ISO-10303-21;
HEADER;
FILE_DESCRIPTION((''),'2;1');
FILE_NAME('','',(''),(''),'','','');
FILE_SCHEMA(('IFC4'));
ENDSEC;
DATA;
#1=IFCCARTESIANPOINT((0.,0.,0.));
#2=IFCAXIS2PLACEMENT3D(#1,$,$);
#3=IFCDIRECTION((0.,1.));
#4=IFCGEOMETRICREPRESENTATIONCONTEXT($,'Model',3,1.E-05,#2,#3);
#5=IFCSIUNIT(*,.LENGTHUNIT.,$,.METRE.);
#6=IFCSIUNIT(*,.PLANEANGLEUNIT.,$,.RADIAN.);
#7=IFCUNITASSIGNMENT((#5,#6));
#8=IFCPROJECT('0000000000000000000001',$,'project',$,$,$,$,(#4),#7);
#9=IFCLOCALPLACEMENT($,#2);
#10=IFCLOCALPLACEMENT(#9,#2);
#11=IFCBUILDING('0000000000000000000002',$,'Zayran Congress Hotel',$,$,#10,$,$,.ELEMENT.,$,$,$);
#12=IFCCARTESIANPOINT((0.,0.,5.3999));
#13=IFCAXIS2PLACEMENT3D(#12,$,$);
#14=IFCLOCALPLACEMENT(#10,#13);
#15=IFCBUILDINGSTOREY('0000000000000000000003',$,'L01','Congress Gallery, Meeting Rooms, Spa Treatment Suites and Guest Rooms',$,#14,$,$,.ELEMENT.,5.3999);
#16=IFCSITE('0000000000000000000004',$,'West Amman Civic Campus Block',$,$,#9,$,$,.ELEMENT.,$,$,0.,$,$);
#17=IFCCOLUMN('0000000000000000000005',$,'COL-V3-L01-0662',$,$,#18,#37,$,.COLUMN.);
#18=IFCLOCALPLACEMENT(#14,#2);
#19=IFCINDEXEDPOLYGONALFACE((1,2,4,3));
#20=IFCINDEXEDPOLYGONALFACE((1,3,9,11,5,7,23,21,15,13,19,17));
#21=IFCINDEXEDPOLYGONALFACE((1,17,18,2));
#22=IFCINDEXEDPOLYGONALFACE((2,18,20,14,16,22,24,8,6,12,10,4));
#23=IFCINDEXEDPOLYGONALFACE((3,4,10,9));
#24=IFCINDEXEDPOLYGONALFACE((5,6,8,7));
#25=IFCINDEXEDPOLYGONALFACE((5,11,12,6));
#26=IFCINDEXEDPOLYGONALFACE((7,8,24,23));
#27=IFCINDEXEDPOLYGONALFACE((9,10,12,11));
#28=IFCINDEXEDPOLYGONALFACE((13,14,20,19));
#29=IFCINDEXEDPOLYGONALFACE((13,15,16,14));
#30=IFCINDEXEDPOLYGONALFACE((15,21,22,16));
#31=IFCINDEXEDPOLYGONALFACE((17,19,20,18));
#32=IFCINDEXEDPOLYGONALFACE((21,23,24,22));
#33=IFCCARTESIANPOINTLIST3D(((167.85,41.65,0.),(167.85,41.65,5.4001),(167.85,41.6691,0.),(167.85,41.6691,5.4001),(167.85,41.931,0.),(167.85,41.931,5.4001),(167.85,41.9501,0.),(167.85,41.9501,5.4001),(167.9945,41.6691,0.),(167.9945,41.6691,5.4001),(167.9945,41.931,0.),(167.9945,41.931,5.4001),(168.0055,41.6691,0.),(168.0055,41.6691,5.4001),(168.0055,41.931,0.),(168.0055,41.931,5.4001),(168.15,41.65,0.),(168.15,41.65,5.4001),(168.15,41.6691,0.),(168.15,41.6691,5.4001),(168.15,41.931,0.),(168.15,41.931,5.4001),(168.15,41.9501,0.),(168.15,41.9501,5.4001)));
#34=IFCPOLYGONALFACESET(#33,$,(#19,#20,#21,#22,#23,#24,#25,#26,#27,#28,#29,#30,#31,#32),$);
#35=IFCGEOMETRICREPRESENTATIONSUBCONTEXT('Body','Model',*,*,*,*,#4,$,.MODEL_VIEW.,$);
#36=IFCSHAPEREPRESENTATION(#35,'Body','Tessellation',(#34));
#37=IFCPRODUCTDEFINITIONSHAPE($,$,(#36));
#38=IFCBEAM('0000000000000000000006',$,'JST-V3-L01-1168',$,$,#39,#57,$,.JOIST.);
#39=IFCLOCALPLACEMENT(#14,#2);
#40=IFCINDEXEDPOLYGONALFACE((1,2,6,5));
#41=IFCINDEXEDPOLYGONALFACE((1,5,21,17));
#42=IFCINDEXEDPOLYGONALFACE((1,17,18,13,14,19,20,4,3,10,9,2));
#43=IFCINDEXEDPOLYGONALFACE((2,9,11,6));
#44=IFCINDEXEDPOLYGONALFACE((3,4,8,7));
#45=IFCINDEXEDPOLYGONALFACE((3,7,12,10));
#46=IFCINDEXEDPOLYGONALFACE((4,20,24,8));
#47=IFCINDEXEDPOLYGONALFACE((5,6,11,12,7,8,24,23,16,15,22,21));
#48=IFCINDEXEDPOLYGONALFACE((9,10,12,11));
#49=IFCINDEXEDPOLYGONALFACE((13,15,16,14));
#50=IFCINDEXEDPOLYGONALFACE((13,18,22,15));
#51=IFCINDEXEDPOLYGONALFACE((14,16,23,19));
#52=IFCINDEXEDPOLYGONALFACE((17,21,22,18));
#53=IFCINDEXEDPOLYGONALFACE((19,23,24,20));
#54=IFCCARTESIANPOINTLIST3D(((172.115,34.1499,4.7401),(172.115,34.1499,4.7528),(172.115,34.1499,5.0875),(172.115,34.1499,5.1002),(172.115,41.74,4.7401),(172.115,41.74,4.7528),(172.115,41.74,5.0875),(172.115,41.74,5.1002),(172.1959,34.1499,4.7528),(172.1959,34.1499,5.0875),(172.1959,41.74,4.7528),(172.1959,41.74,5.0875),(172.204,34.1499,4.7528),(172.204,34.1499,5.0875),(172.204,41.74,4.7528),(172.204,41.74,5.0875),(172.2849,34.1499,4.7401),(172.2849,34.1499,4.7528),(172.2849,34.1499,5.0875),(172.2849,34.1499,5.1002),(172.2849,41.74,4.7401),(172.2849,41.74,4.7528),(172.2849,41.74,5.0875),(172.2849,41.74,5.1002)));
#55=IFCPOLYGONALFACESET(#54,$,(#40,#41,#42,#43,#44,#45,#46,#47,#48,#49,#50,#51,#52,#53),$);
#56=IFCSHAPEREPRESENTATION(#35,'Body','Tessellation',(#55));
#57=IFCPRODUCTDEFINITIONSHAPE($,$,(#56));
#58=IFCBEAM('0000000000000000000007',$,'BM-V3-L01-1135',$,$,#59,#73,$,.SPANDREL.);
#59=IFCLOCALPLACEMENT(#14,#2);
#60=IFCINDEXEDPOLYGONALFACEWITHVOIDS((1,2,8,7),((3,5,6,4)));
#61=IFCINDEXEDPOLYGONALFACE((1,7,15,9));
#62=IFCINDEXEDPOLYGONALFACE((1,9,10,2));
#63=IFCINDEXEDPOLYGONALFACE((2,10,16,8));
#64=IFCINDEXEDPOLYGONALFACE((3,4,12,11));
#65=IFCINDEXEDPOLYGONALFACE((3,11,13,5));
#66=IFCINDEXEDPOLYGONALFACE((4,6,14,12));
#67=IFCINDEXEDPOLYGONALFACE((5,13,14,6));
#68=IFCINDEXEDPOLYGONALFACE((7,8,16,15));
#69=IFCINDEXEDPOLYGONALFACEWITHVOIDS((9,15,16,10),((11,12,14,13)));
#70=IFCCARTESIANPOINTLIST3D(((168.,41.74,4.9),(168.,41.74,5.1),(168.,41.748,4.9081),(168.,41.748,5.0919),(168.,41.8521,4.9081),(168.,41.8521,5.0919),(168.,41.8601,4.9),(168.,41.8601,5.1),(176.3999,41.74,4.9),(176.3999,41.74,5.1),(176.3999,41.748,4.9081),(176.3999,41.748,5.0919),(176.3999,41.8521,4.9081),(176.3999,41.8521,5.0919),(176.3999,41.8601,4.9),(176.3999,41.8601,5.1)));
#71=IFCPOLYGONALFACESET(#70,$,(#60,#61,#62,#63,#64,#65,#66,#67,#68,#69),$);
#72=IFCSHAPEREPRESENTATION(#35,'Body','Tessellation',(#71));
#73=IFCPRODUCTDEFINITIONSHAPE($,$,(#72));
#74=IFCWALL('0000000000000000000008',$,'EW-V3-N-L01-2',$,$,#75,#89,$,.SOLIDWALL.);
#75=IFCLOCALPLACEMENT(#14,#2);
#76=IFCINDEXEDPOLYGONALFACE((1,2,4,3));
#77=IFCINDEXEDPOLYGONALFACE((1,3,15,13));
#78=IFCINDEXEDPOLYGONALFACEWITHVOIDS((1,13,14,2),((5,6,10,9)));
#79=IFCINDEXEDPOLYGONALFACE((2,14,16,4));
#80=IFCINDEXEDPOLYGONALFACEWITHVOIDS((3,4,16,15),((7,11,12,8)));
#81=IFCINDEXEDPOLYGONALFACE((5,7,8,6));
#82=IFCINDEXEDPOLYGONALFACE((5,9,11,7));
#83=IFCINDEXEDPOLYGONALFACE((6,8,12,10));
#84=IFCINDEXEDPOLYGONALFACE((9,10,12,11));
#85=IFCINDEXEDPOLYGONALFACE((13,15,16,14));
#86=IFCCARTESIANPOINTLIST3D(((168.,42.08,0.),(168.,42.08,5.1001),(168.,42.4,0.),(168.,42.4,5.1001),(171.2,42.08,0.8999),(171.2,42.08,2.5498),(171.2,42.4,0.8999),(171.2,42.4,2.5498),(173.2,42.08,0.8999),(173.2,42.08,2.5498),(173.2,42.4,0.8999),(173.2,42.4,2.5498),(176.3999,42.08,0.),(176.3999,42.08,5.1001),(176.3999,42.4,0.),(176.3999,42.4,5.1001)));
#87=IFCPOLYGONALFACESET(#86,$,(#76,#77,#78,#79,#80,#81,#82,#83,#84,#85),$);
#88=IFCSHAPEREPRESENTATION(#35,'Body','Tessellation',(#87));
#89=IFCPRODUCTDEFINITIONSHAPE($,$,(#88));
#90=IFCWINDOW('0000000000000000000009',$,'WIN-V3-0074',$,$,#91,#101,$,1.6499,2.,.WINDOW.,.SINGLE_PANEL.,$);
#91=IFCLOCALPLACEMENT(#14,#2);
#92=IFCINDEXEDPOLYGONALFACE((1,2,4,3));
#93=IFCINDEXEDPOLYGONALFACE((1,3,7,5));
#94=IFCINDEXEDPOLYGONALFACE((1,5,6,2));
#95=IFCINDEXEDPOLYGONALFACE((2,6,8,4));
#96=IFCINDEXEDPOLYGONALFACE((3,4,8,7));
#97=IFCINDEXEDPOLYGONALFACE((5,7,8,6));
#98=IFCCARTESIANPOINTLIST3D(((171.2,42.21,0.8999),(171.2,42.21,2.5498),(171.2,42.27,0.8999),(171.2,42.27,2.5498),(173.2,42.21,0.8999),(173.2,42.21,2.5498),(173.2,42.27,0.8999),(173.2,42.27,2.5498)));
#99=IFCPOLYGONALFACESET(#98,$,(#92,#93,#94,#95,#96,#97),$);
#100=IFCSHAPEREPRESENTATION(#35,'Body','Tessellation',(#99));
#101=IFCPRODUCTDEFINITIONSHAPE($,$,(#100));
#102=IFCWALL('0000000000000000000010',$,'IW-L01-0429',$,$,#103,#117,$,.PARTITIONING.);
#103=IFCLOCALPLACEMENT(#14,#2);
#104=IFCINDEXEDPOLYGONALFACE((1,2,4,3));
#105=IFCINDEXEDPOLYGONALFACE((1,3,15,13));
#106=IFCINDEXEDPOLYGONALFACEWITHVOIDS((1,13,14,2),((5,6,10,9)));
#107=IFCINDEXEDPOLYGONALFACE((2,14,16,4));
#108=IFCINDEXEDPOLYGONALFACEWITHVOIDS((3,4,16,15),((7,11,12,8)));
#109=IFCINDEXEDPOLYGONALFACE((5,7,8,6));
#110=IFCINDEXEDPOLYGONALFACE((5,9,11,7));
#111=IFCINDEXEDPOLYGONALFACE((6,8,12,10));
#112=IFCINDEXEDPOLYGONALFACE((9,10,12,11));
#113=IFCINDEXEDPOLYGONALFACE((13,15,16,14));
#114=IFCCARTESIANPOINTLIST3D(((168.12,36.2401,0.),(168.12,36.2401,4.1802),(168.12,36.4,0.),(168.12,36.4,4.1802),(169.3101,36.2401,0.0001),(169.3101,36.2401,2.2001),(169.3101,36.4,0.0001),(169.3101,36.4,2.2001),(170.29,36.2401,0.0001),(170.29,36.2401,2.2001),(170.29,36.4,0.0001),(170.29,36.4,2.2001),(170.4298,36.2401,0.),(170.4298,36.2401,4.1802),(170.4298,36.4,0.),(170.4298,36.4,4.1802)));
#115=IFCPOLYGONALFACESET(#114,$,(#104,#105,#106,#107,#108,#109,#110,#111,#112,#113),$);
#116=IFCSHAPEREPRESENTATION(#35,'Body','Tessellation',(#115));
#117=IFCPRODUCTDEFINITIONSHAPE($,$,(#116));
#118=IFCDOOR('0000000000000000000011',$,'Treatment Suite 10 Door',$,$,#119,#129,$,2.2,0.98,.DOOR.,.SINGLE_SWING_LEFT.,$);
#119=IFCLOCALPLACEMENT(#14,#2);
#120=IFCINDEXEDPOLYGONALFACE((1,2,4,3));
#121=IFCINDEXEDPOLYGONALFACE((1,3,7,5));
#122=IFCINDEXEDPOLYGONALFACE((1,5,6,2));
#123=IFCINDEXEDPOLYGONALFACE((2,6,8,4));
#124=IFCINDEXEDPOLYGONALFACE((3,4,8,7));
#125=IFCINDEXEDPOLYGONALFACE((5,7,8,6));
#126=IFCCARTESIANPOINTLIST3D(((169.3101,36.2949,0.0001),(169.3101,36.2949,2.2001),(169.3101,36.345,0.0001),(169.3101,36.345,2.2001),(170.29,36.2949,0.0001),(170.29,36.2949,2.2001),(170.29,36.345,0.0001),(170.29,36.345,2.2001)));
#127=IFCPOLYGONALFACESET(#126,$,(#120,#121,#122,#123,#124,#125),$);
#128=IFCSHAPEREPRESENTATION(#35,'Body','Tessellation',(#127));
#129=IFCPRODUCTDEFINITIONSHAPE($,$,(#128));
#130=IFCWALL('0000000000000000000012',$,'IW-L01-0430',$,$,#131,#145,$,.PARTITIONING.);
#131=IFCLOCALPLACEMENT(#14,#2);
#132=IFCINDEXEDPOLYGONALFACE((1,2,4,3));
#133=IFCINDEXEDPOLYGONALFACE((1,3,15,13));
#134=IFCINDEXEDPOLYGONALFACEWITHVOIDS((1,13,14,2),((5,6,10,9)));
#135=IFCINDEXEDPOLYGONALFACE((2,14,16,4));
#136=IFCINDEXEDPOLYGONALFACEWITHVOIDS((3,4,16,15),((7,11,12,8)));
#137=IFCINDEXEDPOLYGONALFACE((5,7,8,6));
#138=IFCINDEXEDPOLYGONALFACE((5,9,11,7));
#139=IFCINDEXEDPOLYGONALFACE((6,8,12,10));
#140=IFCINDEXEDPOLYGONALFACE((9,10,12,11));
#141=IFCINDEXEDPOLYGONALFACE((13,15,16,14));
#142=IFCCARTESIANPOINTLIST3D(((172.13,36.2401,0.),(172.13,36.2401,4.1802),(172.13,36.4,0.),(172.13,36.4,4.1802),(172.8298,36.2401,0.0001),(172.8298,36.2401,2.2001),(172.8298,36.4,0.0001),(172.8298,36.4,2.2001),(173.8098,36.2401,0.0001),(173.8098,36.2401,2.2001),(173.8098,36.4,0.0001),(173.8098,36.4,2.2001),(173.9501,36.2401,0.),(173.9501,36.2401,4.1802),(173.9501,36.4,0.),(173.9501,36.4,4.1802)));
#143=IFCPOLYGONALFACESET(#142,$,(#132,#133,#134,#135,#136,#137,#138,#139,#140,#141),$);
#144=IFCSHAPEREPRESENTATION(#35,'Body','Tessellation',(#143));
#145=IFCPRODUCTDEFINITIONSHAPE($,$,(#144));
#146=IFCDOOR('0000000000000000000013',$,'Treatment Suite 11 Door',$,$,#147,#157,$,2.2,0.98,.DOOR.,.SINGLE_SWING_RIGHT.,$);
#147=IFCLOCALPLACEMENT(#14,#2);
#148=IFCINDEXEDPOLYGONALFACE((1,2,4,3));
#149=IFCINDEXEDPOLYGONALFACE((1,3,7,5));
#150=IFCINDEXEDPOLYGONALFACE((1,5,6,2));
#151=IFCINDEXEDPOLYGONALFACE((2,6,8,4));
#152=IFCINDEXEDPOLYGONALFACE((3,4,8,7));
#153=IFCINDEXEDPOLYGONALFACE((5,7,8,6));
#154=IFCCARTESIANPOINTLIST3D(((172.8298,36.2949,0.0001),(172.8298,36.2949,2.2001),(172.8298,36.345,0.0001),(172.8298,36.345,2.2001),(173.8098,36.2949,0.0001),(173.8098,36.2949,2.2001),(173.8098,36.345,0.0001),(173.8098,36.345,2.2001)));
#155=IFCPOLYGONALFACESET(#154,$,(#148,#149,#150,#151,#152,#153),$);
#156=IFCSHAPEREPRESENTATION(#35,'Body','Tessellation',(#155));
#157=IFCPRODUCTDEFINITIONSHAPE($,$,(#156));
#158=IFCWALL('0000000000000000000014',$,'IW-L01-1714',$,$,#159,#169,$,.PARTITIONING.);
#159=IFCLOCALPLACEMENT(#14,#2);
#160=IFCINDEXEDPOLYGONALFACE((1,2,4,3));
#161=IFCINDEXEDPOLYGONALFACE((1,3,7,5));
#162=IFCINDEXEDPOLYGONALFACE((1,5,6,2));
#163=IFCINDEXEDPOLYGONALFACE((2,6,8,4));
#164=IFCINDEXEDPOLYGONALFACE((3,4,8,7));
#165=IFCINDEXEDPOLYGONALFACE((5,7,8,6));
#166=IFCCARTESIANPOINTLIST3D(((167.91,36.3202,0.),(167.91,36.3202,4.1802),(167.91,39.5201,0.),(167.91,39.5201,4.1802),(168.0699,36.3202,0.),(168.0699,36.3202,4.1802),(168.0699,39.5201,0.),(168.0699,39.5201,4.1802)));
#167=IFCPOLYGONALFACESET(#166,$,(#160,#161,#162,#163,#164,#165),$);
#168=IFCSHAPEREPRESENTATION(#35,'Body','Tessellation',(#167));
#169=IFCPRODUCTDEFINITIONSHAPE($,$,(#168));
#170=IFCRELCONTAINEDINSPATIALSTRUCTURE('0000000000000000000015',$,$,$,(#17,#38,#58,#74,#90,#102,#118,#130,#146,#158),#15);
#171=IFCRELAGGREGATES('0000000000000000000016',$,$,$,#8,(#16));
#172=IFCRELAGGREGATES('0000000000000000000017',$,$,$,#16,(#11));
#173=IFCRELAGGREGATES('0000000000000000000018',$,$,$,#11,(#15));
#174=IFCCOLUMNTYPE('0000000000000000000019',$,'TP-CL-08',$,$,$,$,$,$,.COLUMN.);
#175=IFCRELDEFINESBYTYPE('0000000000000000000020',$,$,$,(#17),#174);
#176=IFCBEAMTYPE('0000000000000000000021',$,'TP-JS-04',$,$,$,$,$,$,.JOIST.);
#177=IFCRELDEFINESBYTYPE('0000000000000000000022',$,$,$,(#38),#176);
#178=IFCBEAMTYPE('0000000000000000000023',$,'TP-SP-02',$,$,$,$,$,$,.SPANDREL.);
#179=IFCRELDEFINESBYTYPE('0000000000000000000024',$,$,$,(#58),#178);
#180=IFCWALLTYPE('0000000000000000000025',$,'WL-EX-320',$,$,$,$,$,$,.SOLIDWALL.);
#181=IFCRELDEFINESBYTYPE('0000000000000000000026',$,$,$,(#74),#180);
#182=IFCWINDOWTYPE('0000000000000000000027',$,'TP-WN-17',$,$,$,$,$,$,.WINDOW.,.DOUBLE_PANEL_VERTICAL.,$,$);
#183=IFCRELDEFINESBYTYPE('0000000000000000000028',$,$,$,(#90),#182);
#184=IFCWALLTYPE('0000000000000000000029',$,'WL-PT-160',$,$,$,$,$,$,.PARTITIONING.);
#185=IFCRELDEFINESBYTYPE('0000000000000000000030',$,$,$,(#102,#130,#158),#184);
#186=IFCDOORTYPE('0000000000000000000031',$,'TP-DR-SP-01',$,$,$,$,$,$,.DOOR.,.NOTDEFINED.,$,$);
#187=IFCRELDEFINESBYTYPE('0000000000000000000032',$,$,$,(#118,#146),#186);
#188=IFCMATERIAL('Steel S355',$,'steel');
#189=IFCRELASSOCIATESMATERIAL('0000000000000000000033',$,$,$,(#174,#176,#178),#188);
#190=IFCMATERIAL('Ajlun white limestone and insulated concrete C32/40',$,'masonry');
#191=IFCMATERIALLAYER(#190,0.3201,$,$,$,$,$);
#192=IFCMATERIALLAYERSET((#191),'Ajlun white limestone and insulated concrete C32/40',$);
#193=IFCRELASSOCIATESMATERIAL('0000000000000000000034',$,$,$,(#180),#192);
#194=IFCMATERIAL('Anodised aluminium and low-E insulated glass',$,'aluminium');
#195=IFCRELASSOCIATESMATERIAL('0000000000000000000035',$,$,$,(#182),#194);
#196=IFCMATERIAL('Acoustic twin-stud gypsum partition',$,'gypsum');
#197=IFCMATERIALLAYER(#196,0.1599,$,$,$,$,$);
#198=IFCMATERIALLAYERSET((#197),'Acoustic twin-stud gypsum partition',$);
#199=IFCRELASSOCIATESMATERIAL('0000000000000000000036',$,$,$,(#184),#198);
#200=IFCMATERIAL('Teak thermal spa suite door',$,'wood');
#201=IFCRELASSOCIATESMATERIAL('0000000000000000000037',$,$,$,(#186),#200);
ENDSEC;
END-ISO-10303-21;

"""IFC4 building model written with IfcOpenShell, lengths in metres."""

from ifc_helpers import new_model, si_unit, direction, frame, frame_2d, origin, origin_2d, place, context, subcontext, project, spatial, rectangle, hollow_rectangle, i_section, extrude, material, layer, layer_set, material_profile, profile_set, type_object, element, fill, save


model = new_model("IFC4")

# Units and contexts
model_context = context("Model", 3, precision=1e-05, world=origin(), true_north=direction((0.0, 1.0)))
body_context = subcontext(model_context, "Body", "Model", "MODEL_VIEW")
ifc_project = project(units=[si_unit("LENGTHUNIT", "METRE"), si_unit("PLANEANGLEUNIT", "RADIAN")], contexts=[model_context])

# Site, building, storey
site_placement = place(None, origin())
site = spatial("IfcSite", under=ifc_project, at=site_placement, Name="West Amman Civic Campus Block", CompositionType="ELEMENT", RefElevation=0.0)
building_placement = place(site_placement, origin())
building = spatial("IfcBuilding", under=site, at=building_placement, Name="Zayran Congress Hotel", CompositionType="ELEMENT")
storey_placement = place(building_placement, frame((0.0, 0.0, 5.3999)))
storey = spatial("IfcBuildingStorey", under=building, at=storey_placement, Name="L01", Description="Congress Gallery, Meeting Rooms, Spa Treatment Suites and Guest Rooms", CompositionType="ELEMENT", Elevation=5.3999)

# Column
ifc_material_1 = material(Name="Steel S355", Category="steel")
ifc_material_profile_1 = material_profile(ifc_material_1, i_section(OverallWidth=0.3, OverallDepth=0.3, WebThickness=0.011, FlangeThickness=0.019, at=origin_2d()), Name="HEB 300")
ifc_profile_set_1 = profile_set([ifc_material_profile_1], Name="Steel S355")
column_type = type_object("IfcColumnType", Name="TP-CL-08", PredefinedType="COLUMN", material=ifc_profile_set_1)
column_placement = place(storey_placement, frame((168.0, 41.8, 0.0), z_axis=(0.0, 0.0, 1.0), x_axis=(1.0, 0.0, 0.0)))
element("IfcColumn", 1, at=column_placement, inside=storey, type_object=column_type, Name="COL-V3-L01-0662", PredefinedType="COLUMN", context=body_context, shape_type="SweptSolid", body=[
    extrude(i_section(OverallWidth=0.3, OverallDepth=0.3, WebThickness=0.011, FlangeThickness=0.019, at=origin_2d()), origin(), (0.0, 0.0, 1.0), 5.4001),
])

# Beams
ifc_material_profile_2 = material_profile(ifc_material_1, i_section(OverallWidth=0.1699, OverallDepth=0.3601, WebThickness=0.0081, FlangeThickness=0.0127, at=origin_2d()), Name="IPE 360")
ifc_profile_set_2 = profile_set([ifc_material_profile_2], Name="Steel S355")
beam_type_1 = type_object("IfcBeamType", Name="TP-JS-04", PredefinedType="JOIST", material=ifc_profile_set_2)
beam_1_placement = place(storey_placement, frame((172.2, 34.1499, 4.9202), z_axis=(0.0, 1.0, 0.0), x_axis=(-1.0, 0.0, 0.0)))
element("IfcBeam", 2, at=beam_1_placement, inside=storey, type_object=beam_type_1, Name="JST-V3-L01-1168", PredefinedType="JOIST", context=body_context, shape_type="SweptSolid", body=[
    extrude(i_section(OverallWidth=0.1699, OverallDepth=0.3601, WebThickness=0.0081, FlangeThickness=0.0127, at=origin_2d()), origin(), (0.0, 0.0, 1.0), 7.5901),
])
ifc_material_profile_3 = material_profile(ifc_material_1, hollow_rectangle(XDim=0.1201, YDim=0.2, WallThickness=0.0081, at=origin_2d()), Name="RHS 200x120x8")
ifc_profile_set_3 = profile_set([ifc_material_profile_3], Name="Steel S355")
beam_type_2 = type_object("IfcBeamType", Name="TP-SP-02", PredefinedType="SPANDREL", material=ifc_profile_set_3)
beam_2_placement = place(storey_placement, frame((168.0, 41.8, 5.0), z_axis=(1.0, 0.0, 0.0), x_axis=(0.0, 1.0, 0.0)))
element("IfcBeam", 3, at=beam_2_placement, inside=storey, type_object=beam_type_2, Name="BM-V3-L01-1135", PredefinedType="SPANDREL", context=body_context, shape_type="SweptSolid", body=[
    extrude(hollow_rectangle(XDim=0.1201, YDim=0.2, WallThickness=0.0081, at=origin_2d()), origin(), (0.0, 0.0, 1.0), 8.3999),
])

# Wall, opening, window
ifc_material_2 = material(Name="Ajlun white limestone and insulated concrete C32/40", Category="masonry")
ifc_layer_1 = layer(ifc_material_2, 0.3201)
ifc_layer_set_1 = layer_set([ifc_layer_1], Name="Ajlun white limestone and insulated concrete C32/40")
wall_type_1 = type_object("IfcWallType", Name="WL-EX-320", PredefinedType="SOLIDWALL", material=ifc_layer_set_1)
wall_1_placement = place(storey_placement, frame((168.0, 42.24, 0.0), z_axis=(0.0, 0.0, 1.0), x_axis=(1.0, 0.0, 0.0)))
wall_1 = element("IfcWall", 4, at=wall_1_placement, inside=storey, type_object=wall_type_1, Name="EW-V3-N-L01-2", PredefinedType="SOLIDWALL", context=body_context, shape_type="SweptSolid", body=[
    extrude(rectangle(XDim=8.3999, YDim=0.3201, at=frame_2d((4.2, 0.0))), origin(), (0.0, 0.0, 1.0), 5.1001),
])
opening_1_placement = place(wall_1_placement, frame((3.2, 0.0, 0.8999)))
opening_1 = element("IfcOpeningElement", 5, at=opening_1_placement, cuts=wall_1, PredefinedType="OPENING", context=body_context, shape_type="SweptSolid", body=[
    extrude(rectangle(XDim=2.0, YDim=1.6499, at=frame_2d((1.0, 0.825))), frame((0.0, 0.1699, 0.0), z_axis=(0.0, -1.0, 0.0), x_axis=(1.0, 0.0, 0.0)), (0.0, 0.0, 1.0), 0.3401),
])
ifc_material_3 = material(Name="Anodised aluminium and low-E insulated glass", Category="aluminium")
window_type = type_object("IfcWindowType", Name="TP-WN-17", PartitioningType="DOUBLE_PANEL_VERTICAL", PredefinedType="WINDOW", material=ifc_material_3)
window_placement = place(opening_1_placement, origin())
window = element("IfcWindow", 6, at=window_placement, inside=storey, type_object=window_type, Name="WIN-V3-0074", OverallHeight=1.6499, OverallWidth=2.0, PartitioningType="SINGLE_PANEL", PredefinedType="WINDOW", context=body_context, shape_type="SweptSolid", body=[
    extrude(rectangle(XDim=2.0, YDim=1.6499, at=frame_2d((1.0, 0.825))), frame((0.0, 0.03, 0.0), z_axis=(0.0, -1.0, 0.0), x_axis=(1.0, 0.0, 0.0)), (0.0, 0.0, 1.0), 0.0601),
])
fill(opening_1, window)

# Walls, openings, doors
ifc_material_4 = material(Name="Acoustic twin-stud gypsum partition", Category="gypsum")
ifc_layer_2 = layer(ifc_material_4, 0.1599)
ifc_layer_set_2 = layer_set([ifc_layer_2], Name="Acoustic twin-stud gypsum partition")
wall_type_2 = type_object("IfcWallType", Name="WL-PT-160", PredefinedType="PARTITIONING", material=ifc_layer_set_2)
wall_2_placement = place(storey_placement, frame((168.1201, 36.3201, 0.0), z_axis=(0.0, 0.0, 1.0), x_axis=(1.0, 0.0, 0.0)))
wall_2 = element("IfcWall", 7, at=wall_2_placement, inside=storey, type_object=wall_type_2, Name="IW-L01-0429", PredefinedType="PARTITIONING", context=body_context, shape_type="SweptSolid", body=[
    extrude(rectangle(XDim=2.3098, YDim=0.1599, at=frame_2d((1.1548, 0.0))), origin(), (0.0, 0.0, 1.0), 4.1802),
])
opening_2_placement = place(wall_2_placement, frame((1.1899, 0.0, 0.0)))
opening_2 = element("IfcOpeningElement", 8, at=opening_2_placement, cuts=wall_2, PredefinedType="OPENING", context=body_context, shape_type="SweptSolid", body=[
    extrude(rectangle(XDim=0.98, YDim=2.2, at=frame_2d((0.49, 1.1001))), frame((0.0, 0.0898, 0.0), z_axis=(0.0, -1.0, 0.0), x_axis=(1.0, 0.0, 0.0)), (0.0, 0.0, 1.0), 0.1799),
])
ifc_material_5 = material(Name="Teak thermal spa suite door", Category="wood")
door_type_1 = type_object("IfcDoorType", Name="TP-DR-SP-01", OperationType="NOTDEFINED", PredefinedType="DOOR", material=ifc_material_5)
door_1_placement = place(opening_2_placement, origin())
door_1 = element("IfcDoor", 9, at=door_1_placement, inside=storey, type_object=door_type_1, Name="Treatment Suite 10 Door", OperationType="SINGLE_SWING_LEFT", OverallHeight=2.2, OverallWidth=0.98, PredefinedType="DOOR", context=body_context, shape_type="SweptSolid", body=[
    extrude(rectangle(XDim=0.98, YDim=2.2, at=frame_2d((0.49, 1.1001))), frame((0.0, 0.0249, 0.0), z_axis=(0.0, -1.0, 0.0), x_axis=(1.0, 0.0, 0.0)), (0.0, 0.0, 1.0), 0.05),
])
fill(opening_2, door_1)
wall_3_placement = place(storey_placement, frame((172.1299, 36.3201, 0.0), z_axis=(0.0, 0.0, 1.0), x_axis=(1.0, 0.0, 0.0)))
wall_3 = element("IfcWall", 10, at=wall_3_placement, inside=storey, type_object=wall_type_2, Name="IW-L01-0430", PredefinedType="PARTITIONING", context=body_context, shape_type="SweptSolid", body=[
    extrude(rectangle(XDim=1.8201, YDim=0.1599, at=frame_2d((0.9102, 0.0))), origin(), (0.0, 0.0, 1.0), 4.1802),
])
opening_3_placement = place(wall_3_placement, frame((0.7, 0.0, 0.0)))
opening_3 = element("IfcOpeningElement", 11, at=opening_3_placement, cuts=wall_3, PredefinedType="OPENING", context=body_context, shape_type="SweptSolid", body=[
    extrude(rectangle(XDim=0.98, YDim=2.2, at=frame_2d((0.49, 1.1001))), frame((0.0, 0.0898, 0.0), z_axis=(0.0, -1.0, 0.0), x_axis=(1.0, 0.0, 0.0)), (0.0, 0.0, 1.0), 0.1799),
])
door_2_placement = place(opening_3_placement, origin())
door_2 = element("IfcDoor", 12, at=door_2_placement, inside=storey, type_object=door_type_1, Name="Treatment Suite 11 Door", OperationType="SINGLE_SWING_RIGHT", OverallHeight=2.2, OverallWidth=0.98, PredefinedType="DOOR", context=body_context, shape_type="SweptSolid", body=[
    extrude(rectangle(XDim=0.98, YDim=2.2, at=frame_2d((0.49, 1.1001))), frame((0.0, 0.0249, 0.0), z_axis=(0.0, -1.0, 0.0), x_axis=(1.0, 0.0, 0.0)), (0.0, 0.0, 1.0), 0.05),
])
fill(opening_3, door_2)

# Wall
wall_4_placement = place(storey_placement, frame((167.99, 36.3201, 0.0), z_axis=(0.0, 0.0, 1.0), x_axis=(0.0, 1.0, 0.0)))
element("IfcWall", 13, at=wall_4_placement, inside=storey, type_object=wall_type_2, Name="IW-L01-1714", PredefinedType="PARTITIONING", context=body_context, shape_type="SweptSolid", body=[
    extrude(rectangle(XDim=3.2, YDim=0.1599, at=frame_2d((1.6001, 0.0))), origin(), (0.0, 0.0, 1.0), 4.1802),
])

save(model, "model.ifc")
